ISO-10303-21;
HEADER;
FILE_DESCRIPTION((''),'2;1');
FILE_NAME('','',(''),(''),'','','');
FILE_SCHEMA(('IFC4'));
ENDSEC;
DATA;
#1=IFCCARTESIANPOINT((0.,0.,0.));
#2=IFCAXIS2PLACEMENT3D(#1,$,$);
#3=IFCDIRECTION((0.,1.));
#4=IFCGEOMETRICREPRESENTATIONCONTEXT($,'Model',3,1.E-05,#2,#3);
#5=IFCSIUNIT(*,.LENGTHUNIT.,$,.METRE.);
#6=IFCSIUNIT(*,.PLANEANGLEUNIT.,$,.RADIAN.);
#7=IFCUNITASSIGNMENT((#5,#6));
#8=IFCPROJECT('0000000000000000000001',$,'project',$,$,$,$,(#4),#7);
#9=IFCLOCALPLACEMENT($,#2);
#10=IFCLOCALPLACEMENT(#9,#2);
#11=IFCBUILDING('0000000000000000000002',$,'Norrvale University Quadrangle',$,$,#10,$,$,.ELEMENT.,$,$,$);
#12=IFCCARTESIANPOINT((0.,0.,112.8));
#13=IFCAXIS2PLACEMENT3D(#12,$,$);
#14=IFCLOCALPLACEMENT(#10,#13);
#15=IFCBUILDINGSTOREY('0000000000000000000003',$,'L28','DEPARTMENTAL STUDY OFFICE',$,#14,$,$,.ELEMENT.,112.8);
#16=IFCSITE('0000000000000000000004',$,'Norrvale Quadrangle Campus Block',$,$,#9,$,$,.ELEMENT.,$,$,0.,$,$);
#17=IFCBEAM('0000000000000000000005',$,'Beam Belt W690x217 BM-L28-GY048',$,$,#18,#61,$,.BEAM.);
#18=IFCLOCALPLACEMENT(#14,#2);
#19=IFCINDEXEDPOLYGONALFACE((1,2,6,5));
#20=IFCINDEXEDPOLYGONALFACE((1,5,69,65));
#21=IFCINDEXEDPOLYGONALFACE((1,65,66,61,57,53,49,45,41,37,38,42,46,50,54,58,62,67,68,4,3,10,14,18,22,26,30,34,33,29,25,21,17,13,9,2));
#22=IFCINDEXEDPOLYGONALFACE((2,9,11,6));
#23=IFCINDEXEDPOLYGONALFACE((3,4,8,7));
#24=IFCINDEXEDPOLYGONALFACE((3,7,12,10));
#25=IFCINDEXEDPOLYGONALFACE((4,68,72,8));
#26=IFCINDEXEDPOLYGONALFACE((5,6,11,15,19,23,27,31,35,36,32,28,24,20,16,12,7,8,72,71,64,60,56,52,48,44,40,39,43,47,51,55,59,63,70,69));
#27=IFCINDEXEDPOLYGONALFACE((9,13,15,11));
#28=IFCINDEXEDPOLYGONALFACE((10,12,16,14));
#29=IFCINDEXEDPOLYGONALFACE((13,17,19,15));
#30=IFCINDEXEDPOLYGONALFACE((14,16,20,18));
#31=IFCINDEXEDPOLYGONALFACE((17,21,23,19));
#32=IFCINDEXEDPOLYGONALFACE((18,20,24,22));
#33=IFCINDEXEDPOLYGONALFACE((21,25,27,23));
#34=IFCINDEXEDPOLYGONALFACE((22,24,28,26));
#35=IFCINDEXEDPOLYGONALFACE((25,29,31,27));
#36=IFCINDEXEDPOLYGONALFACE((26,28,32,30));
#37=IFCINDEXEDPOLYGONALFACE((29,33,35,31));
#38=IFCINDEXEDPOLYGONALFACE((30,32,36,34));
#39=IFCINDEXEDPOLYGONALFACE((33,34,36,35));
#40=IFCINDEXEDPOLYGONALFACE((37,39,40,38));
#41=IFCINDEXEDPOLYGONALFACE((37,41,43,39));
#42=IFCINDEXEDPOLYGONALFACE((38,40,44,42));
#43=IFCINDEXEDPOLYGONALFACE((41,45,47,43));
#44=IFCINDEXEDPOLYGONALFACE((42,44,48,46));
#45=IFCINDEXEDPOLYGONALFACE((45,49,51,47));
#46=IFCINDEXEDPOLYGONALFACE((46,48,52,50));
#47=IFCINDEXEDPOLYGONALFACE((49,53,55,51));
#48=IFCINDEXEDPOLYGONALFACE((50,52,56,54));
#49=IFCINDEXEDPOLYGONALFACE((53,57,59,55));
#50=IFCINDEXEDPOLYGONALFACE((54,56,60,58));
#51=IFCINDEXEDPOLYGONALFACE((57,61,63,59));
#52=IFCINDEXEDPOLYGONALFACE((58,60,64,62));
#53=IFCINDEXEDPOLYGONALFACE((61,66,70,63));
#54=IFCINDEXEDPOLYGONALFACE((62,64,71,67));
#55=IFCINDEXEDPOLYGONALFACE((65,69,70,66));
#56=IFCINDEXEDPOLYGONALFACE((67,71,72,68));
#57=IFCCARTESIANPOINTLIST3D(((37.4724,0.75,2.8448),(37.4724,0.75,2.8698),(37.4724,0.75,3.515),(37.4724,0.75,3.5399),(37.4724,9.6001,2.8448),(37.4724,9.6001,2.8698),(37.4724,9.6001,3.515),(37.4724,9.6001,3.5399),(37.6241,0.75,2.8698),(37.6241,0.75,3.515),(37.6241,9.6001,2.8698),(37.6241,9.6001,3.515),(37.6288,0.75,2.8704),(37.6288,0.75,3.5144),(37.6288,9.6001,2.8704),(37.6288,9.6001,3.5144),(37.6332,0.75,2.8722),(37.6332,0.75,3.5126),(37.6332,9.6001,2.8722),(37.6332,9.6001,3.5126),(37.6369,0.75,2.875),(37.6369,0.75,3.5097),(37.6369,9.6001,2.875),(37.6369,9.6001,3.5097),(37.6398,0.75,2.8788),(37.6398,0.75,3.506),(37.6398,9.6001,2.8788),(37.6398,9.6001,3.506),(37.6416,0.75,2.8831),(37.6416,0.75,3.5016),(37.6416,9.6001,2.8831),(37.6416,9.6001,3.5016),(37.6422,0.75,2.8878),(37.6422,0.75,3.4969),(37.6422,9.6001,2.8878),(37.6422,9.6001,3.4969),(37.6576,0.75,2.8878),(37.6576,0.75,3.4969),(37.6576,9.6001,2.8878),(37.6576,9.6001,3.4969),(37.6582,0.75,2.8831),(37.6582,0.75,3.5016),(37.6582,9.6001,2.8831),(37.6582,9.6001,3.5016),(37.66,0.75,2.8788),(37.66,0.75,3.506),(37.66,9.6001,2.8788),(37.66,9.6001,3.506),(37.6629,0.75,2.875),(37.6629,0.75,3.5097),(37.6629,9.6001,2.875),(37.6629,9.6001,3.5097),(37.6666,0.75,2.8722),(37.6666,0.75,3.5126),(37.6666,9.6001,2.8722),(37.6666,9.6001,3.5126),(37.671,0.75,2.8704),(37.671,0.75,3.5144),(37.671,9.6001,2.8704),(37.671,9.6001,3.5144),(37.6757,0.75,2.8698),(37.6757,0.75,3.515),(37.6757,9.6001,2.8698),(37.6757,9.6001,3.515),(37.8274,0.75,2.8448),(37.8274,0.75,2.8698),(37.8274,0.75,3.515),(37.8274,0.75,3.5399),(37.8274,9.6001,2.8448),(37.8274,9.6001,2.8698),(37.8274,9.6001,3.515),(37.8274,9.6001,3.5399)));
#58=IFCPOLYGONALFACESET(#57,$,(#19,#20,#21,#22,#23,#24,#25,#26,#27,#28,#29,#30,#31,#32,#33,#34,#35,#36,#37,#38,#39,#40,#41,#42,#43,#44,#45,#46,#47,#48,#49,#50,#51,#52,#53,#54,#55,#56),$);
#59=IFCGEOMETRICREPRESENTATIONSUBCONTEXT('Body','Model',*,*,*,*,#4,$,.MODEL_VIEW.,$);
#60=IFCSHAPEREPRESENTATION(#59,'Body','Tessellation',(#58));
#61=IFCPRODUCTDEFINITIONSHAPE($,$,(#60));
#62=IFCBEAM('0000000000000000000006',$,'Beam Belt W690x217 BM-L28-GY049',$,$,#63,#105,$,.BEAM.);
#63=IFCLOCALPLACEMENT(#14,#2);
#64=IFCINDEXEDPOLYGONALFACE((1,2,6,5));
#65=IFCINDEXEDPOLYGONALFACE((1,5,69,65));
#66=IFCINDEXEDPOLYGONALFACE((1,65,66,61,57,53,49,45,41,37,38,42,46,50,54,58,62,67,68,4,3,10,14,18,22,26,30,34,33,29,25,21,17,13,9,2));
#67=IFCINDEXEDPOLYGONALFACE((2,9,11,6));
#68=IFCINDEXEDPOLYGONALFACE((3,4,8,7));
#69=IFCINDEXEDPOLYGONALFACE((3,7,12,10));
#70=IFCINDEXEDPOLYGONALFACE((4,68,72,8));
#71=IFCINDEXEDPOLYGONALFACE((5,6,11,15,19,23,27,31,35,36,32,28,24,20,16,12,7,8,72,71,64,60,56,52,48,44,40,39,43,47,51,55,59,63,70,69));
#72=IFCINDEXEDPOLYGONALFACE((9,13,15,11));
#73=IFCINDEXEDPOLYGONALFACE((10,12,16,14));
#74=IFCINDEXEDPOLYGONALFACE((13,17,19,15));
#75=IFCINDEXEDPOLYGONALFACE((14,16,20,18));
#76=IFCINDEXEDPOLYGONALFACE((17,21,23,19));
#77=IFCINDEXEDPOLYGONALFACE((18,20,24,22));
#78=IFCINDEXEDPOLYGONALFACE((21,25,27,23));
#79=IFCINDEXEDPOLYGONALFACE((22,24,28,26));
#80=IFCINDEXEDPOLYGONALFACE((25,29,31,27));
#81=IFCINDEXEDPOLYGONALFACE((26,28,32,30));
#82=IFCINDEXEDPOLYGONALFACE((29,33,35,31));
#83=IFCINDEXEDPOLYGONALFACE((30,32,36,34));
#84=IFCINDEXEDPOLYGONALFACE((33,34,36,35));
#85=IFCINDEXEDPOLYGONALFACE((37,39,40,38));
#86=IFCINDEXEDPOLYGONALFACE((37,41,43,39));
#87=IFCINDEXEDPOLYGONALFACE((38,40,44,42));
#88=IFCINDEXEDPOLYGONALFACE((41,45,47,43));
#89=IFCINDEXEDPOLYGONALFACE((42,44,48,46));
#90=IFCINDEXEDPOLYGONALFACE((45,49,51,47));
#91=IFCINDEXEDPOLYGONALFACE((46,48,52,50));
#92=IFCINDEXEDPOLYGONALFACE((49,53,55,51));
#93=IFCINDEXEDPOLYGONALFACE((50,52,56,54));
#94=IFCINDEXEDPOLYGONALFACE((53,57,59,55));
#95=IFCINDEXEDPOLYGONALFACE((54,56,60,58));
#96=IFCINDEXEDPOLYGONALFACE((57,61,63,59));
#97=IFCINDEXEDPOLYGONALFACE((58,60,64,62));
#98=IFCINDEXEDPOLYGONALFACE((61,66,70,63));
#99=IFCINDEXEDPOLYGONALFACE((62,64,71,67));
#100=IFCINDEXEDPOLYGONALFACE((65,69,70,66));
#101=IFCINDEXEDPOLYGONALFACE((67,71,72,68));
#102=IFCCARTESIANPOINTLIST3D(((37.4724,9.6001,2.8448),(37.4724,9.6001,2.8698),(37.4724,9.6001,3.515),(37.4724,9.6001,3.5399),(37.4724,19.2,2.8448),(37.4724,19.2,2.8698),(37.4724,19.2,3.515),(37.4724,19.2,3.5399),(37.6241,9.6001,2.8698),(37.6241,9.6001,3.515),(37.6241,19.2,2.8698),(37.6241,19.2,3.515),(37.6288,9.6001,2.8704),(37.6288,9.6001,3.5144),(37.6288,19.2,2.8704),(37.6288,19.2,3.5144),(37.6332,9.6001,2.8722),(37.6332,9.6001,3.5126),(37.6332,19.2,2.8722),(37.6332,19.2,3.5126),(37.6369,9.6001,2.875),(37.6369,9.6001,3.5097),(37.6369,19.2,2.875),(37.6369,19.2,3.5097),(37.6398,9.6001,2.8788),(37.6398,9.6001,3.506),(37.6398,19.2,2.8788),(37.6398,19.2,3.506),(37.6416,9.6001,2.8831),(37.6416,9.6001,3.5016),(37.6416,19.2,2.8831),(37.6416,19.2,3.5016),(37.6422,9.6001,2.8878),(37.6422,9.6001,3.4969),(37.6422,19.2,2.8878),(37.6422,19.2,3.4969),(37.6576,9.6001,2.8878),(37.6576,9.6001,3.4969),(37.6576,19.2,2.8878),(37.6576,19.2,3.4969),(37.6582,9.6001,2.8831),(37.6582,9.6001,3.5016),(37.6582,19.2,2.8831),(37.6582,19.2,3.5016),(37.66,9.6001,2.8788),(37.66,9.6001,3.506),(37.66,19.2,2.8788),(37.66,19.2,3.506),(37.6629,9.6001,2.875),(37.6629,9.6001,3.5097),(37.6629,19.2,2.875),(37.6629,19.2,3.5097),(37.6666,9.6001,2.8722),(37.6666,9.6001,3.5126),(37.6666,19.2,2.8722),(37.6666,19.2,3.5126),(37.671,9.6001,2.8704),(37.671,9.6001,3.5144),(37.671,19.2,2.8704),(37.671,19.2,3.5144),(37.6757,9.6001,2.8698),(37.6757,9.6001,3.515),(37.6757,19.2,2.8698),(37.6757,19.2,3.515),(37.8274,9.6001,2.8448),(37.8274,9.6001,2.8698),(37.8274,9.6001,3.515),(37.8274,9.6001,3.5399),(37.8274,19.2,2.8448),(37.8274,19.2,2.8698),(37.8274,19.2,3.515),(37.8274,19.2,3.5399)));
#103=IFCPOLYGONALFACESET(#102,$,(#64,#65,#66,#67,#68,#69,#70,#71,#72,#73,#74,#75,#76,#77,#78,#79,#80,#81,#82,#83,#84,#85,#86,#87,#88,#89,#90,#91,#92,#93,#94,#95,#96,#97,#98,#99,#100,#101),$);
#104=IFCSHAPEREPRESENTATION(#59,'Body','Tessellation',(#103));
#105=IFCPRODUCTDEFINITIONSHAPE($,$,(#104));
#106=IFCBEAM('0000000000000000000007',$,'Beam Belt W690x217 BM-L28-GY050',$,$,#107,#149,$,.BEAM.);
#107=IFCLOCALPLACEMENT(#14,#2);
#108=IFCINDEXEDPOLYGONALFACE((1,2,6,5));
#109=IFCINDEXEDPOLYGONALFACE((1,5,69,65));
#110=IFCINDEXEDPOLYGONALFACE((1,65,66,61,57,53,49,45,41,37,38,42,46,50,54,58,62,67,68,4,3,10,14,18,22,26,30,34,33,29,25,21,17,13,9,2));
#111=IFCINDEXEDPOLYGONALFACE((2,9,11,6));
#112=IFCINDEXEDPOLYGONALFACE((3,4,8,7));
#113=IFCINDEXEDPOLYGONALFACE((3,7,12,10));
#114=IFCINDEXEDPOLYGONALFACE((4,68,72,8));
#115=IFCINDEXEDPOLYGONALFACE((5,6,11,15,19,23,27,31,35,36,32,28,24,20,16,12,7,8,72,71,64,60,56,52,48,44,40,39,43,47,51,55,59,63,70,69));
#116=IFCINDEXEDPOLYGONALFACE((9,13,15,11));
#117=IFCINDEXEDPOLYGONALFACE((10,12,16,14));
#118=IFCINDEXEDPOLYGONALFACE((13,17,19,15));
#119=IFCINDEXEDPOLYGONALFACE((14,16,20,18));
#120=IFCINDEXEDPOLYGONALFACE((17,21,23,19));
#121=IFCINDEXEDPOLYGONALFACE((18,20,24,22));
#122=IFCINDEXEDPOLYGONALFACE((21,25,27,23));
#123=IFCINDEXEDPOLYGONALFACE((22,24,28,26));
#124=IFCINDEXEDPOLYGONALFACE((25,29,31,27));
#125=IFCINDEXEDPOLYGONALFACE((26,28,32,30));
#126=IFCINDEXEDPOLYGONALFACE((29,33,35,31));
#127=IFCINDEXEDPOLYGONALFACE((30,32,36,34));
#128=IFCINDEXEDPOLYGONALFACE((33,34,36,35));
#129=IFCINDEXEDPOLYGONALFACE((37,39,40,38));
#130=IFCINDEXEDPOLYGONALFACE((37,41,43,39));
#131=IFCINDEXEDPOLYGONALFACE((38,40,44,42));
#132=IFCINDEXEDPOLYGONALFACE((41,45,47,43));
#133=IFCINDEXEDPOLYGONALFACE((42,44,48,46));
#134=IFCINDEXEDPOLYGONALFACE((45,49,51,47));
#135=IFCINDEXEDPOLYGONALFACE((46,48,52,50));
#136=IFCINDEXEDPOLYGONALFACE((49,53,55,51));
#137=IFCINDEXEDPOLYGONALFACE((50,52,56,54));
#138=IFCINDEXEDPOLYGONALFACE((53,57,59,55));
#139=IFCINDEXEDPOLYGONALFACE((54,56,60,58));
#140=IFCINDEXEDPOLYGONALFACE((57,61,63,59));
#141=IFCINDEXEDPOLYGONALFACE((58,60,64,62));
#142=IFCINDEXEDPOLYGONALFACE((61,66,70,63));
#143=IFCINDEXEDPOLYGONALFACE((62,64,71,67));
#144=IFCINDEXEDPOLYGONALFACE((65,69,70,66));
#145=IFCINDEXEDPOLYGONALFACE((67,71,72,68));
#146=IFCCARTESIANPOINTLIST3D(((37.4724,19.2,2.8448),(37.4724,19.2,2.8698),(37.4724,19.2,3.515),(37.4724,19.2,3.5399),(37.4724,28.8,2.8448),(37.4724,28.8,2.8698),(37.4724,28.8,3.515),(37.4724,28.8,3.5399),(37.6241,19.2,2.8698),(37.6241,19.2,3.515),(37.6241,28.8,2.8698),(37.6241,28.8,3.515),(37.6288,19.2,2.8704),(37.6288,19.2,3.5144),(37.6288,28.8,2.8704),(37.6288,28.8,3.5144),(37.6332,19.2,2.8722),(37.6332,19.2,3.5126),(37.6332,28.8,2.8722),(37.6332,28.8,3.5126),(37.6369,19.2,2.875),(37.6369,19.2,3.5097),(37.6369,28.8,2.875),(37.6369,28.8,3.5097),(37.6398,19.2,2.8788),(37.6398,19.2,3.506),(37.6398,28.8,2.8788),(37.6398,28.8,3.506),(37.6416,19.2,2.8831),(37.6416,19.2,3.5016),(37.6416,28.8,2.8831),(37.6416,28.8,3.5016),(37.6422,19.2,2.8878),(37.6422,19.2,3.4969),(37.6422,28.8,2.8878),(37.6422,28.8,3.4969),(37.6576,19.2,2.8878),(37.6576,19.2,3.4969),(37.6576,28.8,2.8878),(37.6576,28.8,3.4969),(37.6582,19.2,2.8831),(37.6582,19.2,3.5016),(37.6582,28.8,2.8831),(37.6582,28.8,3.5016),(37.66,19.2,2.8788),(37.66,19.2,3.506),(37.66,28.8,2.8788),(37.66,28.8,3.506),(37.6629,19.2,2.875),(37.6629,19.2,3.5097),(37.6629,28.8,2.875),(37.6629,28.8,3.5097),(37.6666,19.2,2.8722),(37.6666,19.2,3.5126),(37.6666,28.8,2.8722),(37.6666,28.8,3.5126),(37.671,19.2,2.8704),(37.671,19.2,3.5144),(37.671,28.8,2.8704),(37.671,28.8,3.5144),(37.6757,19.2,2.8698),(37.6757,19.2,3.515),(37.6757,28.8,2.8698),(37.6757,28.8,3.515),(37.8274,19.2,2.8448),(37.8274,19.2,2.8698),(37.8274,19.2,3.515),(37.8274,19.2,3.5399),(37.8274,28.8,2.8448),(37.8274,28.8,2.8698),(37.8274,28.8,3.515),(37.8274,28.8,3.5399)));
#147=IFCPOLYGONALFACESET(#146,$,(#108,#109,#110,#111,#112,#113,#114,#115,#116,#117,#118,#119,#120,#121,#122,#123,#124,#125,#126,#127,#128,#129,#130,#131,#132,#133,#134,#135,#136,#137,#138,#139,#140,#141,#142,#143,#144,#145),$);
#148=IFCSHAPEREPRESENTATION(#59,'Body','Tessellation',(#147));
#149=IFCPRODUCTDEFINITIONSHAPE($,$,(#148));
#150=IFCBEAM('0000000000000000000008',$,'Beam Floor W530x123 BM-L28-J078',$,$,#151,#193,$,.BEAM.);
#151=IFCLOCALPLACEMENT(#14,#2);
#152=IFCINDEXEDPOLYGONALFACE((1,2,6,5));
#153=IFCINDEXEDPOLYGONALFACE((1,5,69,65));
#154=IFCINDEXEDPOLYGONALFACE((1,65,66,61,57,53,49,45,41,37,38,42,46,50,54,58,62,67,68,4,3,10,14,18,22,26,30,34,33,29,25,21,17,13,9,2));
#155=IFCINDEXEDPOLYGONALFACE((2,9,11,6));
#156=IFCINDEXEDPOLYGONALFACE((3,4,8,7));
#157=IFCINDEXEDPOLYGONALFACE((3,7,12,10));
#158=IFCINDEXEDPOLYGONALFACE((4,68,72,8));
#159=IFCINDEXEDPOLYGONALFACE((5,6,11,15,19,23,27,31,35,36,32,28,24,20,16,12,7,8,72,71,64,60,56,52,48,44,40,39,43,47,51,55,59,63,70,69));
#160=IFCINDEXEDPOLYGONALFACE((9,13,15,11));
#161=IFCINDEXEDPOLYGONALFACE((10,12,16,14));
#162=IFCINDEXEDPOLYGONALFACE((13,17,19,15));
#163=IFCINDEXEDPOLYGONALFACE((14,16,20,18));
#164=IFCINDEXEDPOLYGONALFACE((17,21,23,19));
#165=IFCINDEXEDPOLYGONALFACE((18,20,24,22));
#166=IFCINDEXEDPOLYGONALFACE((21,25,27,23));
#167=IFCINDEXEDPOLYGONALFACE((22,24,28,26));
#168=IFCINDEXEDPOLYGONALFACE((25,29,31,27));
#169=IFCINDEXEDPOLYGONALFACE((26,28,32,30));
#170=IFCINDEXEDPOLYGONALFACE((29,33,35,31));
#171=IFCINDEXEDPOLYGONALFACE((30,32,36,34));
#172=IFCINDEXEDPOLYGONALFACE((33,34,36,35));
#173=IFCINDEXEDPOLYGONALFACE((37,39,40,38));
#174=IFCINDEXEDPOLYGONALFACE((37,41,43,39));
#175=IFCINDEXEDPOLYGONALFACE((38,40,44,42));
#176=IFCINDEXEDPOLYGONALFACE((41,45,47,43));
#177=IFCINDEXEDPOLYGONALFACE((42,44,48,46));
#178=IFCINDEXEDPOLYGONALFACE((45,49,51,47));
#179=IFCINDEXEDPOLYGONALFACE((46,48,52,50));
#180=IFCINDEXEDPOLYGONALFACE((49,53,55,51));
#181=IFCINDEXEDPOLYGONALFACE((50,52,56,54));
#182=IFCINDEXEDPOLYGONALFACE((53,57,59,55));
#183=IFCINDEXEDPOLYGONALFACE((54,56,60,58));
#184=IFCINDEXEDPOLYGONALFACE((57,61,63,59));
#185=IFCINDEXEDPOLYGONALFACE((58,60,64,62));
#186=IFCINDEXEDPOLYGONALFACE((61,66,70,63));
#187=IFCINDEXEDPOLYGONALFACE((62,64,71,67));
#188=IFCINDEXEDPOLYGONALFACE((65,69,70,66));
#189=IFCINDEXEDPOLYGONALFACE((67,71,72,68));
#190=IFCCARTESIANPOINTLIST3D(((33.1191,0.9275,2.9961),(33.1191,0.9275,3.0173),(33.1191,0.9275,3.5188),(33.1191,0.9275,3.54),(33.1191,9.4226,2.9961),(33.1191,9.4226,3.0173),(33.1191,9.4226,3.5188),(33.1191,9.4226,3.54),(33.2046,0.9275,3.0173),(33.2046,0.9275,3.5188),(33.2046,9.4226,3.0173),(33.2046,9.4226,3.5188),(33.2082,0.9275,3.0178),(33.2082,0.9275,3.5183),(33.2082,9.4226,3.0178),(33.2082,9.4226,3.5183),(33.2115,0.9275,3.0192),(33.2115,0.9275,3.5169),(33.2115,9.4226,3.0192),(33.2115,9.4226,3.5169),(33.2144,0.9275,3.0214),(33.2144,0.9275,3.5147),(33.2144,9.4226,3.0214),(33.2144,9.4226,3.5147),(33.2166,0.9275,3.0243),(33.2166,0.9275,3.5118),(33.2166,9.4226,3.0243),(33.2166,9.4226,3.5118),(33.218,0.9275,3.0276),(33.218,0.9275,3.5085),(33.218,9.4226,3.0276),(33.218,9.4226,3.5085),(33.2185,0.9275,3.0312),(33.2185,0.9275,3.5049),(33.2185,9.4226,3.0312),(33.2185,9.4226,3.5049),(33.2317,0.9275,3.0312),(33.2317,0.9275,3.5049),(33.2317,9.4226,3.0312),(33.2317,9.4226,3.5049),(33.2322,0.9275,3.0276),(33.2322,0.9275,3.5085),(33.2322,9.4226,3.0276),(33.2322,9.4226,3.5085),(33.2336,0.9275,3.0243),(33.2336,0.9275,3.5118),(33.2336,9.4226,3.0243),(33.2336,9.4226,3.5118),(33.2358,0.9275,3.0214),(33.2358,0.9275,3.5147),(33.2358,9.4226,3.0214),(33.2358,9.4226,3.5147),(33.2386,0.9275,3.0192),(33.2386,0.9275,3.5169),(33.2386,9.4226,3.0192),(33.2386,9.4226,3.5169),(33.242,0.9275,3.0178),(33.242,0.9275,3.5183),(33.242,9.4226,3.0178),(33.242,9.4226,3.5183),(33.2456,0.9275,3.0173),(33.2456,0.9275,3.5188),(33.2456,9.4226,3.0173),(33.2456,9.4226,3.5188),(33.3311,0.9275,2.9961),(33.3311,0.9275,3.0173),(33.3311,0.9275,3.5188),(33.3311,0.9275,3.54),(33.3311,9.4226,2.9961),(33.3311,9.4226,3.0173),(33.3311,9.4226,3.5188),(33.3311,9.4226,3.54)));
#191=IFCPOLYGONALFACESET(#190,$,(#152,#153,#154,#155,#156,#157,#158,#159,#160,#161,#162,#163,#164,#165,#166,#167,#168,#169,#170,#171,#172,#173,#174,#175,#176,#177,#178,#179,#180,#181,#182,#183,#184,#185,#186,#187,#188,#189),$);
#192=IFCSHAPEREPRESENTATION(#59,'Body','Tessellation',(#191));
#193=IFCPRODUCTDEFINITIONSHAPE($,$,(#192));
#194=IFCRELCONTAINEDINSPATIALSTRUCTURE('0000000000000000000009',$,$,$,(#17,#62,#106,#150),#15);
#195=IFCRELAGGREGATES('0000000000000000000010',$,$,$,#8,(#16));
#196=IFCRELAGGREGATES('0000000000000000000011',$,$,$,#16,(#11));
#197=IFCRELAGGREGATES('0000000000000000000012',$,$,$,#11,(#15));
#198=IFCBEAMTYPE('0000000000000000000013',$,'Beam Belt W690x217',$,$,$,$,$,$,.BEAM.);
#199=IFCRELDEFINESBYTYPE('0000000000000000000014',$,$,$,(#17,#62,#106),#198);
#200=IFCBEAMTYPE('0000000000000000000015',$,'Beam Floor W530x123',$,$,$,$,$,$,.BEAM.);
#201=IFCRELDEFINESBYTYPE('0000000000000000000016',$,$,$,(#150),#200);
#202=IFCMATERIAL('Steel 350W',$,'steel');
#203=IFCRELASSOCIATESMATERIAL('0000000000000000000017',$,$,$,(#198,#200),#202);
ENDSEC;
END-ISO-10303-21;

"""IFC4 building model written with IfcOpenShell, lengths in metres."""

from ifc_helpers import new_model, si_unit, direction, frame, origin, origin_2d, place, context, subcontext, project, spatial, i_section, extrude, material, material_profile, profile_set, type_object, element, save


model = new_model("IFC4")

# Units and contexts
model_context = context("Model", 3, precision=1e-05, world=origin(), true_north=direction((0.0, 1.0)))
body_context = subcontext(model_context, "Body", "Model", "MODEL_VIEW")
ifc_project = project(units=[si_unit("LENGTHUNIT", "METRE"), si_unit("PLANEANGLEUNIT", "RADIAN")], contexts=[model_context])

# Site, building, storey
site_placement = place(None, origin())
site = spatial("IfcSite", under=ifc_project, at=site_placement, Name="Norrvale Quadrangle Campus Block", CompositionType="ELEMENT", RefElevation=0.0)
building_placement = place(site_placement, origin())
building = spatial("IfcBuilding", under=site, at=building_placement, Name="Norrvale University Quadrangle", CompositionType="ELEMENT")
storey_placement = place(building_placement, frame((0.0, 0.0, 112.8)))
storey = spatial("IfcBuildingStorey", under=building, at=storey_placement, Name="L28", Description="DEPARTMENTAL STUDY OFFICE", CompositionType="ELEMENT", Elevation=112.8)

# Beams
ifc_material_1 = material(Name="Steel 350W", Category="steel")
ifc_material_profile_1 = material_profile(ifc_material_1, i_section(OverallWidth=0.355, OverallDepth=0.6951, WebThickness=0.0154, FlangeThickness=0.0249, FilletRadius=0.0181, at=origin_2d()), Name="Steel 350W")
ifc_profile_set_1 = profile_set([ifc_material_profile_1], Name="Steel 350W")
beam_type_1 = type_object("IfcBeamType", Name="Beam Belt W690x217", PredefinedType="BEAM", material=ifc_profile_set_1)
beam_1_placement = place(storey_placement, frame((37.6499, 0.75, 3.1924), z_axis=(0.0, 1.0, 0.0), x_axis=(-1.0, 0.0, 0.0)))
element("IfcBeam", 1, at=beam_1_placement, inside=storey, type_object=beam_type_1, Name="Beam Belt W690x217 BM-L28-GY048", PredefinedType="BEAM", context=body_context, shape_type="SweptSolid", body=[
    extrude(i_section(OverallWidth=0.355, OverallDepth=0.6951, WebThickness=0.0154, FlangeThickness=0.0249, FilletRadius=0.0181, at=origin_2d()), origin(), (0.0, 0.0, 1.0), 8.8501),
])
beam_2_placement = place(storey_placement, frame((37.6499, 9.6001, 3.1924), z_axis=(0.0, 1.0, 0.0), x_axis=(-1.0, 0.0, 0.0)))
element("IfcBeam", 2, at=beam_2_placement, inside=storey, type_object=beam_type_1, Name="Beam Belt W690x217 BM-L28-GY049", PredefinedType="BEAM", context=body_context, shape_type="SweptSolid", body=[
    extrude(i_section(OverallWidth=0.355, OverallDepth=0.6951, WebThickness=0.0154, FlangeThickness=0.0249, FilletRadius=0.0181, at=origin_2d()), origin(), (0.0, 0.0, 1.0), 9.5999),
])
beam_3_placement = place(storey_placement, frame((37.6499, 19.2, 3.1924), z_axis=(0.0, 1.0, 0.0), x_axis=(-1.0, 0.0, 0.0)))
element("IfcBeam", 3, at=beam_3_placement, inside=storey, type_object=beam_type_1, Name="Beam Belt W690x217 BM-L28-GY050", PredefinedType="BEAM", context=body_context, shape_type="SweptSolid", body=[
    extrude(i_section(OverallWidth=0.355, OverallDepth=0.6951, WebThickness=0.0154, FlangeThickness=0.0249, FilletRadius=0.0181, at=origin_2d()), origin(), (0.0, 0.0, 1.0), 9.6001),
])
ifc_material_profile_2 = material_profile(ifc_material_1, i_section(OverallWidth=0.2119, OverallDepth=0.5439, WebThickness=0.0132, FlangeThickness=0.0212, FilletRadius=0.0139, at=origin_2d()), Name="Steel 350W")
ifc_profile_set_2 = profile_set([ifc_material_profile_2], Name="Steel 350W")
beam_type_2 = type_object("IfcBeamType", Name="Beam Floor W530x123", PredefinedType="BEAM", material=ifc_profile_set_2)
beam_4_placement = place(storey_placement, frame((33.2251, 0.9275, 3.2681), z_axis=(0.0, 1.0, 0.0), x_axis=(-1.0, 0.0, 0.0)))
element("IfcBeam", 4, at=beam_4_placement, inside=storey, type_object=beam_type_2, Name="Beam Floor W530x123 BM-L28-J078", PredefinedType="BEAM", context=body_context, shape_type="SweptSolid", body=[
    extrude(i_section(OverallWidth=0.2119, OverallDepth=0.5439, WebThickness=0.0132, FlangeThickness=0.0212, FilletRadius=0.0139, at=origin_2d()), origin(), (0.0, 0.0, 1.0), 8.4951),
])

save(model, "model.ifc")
